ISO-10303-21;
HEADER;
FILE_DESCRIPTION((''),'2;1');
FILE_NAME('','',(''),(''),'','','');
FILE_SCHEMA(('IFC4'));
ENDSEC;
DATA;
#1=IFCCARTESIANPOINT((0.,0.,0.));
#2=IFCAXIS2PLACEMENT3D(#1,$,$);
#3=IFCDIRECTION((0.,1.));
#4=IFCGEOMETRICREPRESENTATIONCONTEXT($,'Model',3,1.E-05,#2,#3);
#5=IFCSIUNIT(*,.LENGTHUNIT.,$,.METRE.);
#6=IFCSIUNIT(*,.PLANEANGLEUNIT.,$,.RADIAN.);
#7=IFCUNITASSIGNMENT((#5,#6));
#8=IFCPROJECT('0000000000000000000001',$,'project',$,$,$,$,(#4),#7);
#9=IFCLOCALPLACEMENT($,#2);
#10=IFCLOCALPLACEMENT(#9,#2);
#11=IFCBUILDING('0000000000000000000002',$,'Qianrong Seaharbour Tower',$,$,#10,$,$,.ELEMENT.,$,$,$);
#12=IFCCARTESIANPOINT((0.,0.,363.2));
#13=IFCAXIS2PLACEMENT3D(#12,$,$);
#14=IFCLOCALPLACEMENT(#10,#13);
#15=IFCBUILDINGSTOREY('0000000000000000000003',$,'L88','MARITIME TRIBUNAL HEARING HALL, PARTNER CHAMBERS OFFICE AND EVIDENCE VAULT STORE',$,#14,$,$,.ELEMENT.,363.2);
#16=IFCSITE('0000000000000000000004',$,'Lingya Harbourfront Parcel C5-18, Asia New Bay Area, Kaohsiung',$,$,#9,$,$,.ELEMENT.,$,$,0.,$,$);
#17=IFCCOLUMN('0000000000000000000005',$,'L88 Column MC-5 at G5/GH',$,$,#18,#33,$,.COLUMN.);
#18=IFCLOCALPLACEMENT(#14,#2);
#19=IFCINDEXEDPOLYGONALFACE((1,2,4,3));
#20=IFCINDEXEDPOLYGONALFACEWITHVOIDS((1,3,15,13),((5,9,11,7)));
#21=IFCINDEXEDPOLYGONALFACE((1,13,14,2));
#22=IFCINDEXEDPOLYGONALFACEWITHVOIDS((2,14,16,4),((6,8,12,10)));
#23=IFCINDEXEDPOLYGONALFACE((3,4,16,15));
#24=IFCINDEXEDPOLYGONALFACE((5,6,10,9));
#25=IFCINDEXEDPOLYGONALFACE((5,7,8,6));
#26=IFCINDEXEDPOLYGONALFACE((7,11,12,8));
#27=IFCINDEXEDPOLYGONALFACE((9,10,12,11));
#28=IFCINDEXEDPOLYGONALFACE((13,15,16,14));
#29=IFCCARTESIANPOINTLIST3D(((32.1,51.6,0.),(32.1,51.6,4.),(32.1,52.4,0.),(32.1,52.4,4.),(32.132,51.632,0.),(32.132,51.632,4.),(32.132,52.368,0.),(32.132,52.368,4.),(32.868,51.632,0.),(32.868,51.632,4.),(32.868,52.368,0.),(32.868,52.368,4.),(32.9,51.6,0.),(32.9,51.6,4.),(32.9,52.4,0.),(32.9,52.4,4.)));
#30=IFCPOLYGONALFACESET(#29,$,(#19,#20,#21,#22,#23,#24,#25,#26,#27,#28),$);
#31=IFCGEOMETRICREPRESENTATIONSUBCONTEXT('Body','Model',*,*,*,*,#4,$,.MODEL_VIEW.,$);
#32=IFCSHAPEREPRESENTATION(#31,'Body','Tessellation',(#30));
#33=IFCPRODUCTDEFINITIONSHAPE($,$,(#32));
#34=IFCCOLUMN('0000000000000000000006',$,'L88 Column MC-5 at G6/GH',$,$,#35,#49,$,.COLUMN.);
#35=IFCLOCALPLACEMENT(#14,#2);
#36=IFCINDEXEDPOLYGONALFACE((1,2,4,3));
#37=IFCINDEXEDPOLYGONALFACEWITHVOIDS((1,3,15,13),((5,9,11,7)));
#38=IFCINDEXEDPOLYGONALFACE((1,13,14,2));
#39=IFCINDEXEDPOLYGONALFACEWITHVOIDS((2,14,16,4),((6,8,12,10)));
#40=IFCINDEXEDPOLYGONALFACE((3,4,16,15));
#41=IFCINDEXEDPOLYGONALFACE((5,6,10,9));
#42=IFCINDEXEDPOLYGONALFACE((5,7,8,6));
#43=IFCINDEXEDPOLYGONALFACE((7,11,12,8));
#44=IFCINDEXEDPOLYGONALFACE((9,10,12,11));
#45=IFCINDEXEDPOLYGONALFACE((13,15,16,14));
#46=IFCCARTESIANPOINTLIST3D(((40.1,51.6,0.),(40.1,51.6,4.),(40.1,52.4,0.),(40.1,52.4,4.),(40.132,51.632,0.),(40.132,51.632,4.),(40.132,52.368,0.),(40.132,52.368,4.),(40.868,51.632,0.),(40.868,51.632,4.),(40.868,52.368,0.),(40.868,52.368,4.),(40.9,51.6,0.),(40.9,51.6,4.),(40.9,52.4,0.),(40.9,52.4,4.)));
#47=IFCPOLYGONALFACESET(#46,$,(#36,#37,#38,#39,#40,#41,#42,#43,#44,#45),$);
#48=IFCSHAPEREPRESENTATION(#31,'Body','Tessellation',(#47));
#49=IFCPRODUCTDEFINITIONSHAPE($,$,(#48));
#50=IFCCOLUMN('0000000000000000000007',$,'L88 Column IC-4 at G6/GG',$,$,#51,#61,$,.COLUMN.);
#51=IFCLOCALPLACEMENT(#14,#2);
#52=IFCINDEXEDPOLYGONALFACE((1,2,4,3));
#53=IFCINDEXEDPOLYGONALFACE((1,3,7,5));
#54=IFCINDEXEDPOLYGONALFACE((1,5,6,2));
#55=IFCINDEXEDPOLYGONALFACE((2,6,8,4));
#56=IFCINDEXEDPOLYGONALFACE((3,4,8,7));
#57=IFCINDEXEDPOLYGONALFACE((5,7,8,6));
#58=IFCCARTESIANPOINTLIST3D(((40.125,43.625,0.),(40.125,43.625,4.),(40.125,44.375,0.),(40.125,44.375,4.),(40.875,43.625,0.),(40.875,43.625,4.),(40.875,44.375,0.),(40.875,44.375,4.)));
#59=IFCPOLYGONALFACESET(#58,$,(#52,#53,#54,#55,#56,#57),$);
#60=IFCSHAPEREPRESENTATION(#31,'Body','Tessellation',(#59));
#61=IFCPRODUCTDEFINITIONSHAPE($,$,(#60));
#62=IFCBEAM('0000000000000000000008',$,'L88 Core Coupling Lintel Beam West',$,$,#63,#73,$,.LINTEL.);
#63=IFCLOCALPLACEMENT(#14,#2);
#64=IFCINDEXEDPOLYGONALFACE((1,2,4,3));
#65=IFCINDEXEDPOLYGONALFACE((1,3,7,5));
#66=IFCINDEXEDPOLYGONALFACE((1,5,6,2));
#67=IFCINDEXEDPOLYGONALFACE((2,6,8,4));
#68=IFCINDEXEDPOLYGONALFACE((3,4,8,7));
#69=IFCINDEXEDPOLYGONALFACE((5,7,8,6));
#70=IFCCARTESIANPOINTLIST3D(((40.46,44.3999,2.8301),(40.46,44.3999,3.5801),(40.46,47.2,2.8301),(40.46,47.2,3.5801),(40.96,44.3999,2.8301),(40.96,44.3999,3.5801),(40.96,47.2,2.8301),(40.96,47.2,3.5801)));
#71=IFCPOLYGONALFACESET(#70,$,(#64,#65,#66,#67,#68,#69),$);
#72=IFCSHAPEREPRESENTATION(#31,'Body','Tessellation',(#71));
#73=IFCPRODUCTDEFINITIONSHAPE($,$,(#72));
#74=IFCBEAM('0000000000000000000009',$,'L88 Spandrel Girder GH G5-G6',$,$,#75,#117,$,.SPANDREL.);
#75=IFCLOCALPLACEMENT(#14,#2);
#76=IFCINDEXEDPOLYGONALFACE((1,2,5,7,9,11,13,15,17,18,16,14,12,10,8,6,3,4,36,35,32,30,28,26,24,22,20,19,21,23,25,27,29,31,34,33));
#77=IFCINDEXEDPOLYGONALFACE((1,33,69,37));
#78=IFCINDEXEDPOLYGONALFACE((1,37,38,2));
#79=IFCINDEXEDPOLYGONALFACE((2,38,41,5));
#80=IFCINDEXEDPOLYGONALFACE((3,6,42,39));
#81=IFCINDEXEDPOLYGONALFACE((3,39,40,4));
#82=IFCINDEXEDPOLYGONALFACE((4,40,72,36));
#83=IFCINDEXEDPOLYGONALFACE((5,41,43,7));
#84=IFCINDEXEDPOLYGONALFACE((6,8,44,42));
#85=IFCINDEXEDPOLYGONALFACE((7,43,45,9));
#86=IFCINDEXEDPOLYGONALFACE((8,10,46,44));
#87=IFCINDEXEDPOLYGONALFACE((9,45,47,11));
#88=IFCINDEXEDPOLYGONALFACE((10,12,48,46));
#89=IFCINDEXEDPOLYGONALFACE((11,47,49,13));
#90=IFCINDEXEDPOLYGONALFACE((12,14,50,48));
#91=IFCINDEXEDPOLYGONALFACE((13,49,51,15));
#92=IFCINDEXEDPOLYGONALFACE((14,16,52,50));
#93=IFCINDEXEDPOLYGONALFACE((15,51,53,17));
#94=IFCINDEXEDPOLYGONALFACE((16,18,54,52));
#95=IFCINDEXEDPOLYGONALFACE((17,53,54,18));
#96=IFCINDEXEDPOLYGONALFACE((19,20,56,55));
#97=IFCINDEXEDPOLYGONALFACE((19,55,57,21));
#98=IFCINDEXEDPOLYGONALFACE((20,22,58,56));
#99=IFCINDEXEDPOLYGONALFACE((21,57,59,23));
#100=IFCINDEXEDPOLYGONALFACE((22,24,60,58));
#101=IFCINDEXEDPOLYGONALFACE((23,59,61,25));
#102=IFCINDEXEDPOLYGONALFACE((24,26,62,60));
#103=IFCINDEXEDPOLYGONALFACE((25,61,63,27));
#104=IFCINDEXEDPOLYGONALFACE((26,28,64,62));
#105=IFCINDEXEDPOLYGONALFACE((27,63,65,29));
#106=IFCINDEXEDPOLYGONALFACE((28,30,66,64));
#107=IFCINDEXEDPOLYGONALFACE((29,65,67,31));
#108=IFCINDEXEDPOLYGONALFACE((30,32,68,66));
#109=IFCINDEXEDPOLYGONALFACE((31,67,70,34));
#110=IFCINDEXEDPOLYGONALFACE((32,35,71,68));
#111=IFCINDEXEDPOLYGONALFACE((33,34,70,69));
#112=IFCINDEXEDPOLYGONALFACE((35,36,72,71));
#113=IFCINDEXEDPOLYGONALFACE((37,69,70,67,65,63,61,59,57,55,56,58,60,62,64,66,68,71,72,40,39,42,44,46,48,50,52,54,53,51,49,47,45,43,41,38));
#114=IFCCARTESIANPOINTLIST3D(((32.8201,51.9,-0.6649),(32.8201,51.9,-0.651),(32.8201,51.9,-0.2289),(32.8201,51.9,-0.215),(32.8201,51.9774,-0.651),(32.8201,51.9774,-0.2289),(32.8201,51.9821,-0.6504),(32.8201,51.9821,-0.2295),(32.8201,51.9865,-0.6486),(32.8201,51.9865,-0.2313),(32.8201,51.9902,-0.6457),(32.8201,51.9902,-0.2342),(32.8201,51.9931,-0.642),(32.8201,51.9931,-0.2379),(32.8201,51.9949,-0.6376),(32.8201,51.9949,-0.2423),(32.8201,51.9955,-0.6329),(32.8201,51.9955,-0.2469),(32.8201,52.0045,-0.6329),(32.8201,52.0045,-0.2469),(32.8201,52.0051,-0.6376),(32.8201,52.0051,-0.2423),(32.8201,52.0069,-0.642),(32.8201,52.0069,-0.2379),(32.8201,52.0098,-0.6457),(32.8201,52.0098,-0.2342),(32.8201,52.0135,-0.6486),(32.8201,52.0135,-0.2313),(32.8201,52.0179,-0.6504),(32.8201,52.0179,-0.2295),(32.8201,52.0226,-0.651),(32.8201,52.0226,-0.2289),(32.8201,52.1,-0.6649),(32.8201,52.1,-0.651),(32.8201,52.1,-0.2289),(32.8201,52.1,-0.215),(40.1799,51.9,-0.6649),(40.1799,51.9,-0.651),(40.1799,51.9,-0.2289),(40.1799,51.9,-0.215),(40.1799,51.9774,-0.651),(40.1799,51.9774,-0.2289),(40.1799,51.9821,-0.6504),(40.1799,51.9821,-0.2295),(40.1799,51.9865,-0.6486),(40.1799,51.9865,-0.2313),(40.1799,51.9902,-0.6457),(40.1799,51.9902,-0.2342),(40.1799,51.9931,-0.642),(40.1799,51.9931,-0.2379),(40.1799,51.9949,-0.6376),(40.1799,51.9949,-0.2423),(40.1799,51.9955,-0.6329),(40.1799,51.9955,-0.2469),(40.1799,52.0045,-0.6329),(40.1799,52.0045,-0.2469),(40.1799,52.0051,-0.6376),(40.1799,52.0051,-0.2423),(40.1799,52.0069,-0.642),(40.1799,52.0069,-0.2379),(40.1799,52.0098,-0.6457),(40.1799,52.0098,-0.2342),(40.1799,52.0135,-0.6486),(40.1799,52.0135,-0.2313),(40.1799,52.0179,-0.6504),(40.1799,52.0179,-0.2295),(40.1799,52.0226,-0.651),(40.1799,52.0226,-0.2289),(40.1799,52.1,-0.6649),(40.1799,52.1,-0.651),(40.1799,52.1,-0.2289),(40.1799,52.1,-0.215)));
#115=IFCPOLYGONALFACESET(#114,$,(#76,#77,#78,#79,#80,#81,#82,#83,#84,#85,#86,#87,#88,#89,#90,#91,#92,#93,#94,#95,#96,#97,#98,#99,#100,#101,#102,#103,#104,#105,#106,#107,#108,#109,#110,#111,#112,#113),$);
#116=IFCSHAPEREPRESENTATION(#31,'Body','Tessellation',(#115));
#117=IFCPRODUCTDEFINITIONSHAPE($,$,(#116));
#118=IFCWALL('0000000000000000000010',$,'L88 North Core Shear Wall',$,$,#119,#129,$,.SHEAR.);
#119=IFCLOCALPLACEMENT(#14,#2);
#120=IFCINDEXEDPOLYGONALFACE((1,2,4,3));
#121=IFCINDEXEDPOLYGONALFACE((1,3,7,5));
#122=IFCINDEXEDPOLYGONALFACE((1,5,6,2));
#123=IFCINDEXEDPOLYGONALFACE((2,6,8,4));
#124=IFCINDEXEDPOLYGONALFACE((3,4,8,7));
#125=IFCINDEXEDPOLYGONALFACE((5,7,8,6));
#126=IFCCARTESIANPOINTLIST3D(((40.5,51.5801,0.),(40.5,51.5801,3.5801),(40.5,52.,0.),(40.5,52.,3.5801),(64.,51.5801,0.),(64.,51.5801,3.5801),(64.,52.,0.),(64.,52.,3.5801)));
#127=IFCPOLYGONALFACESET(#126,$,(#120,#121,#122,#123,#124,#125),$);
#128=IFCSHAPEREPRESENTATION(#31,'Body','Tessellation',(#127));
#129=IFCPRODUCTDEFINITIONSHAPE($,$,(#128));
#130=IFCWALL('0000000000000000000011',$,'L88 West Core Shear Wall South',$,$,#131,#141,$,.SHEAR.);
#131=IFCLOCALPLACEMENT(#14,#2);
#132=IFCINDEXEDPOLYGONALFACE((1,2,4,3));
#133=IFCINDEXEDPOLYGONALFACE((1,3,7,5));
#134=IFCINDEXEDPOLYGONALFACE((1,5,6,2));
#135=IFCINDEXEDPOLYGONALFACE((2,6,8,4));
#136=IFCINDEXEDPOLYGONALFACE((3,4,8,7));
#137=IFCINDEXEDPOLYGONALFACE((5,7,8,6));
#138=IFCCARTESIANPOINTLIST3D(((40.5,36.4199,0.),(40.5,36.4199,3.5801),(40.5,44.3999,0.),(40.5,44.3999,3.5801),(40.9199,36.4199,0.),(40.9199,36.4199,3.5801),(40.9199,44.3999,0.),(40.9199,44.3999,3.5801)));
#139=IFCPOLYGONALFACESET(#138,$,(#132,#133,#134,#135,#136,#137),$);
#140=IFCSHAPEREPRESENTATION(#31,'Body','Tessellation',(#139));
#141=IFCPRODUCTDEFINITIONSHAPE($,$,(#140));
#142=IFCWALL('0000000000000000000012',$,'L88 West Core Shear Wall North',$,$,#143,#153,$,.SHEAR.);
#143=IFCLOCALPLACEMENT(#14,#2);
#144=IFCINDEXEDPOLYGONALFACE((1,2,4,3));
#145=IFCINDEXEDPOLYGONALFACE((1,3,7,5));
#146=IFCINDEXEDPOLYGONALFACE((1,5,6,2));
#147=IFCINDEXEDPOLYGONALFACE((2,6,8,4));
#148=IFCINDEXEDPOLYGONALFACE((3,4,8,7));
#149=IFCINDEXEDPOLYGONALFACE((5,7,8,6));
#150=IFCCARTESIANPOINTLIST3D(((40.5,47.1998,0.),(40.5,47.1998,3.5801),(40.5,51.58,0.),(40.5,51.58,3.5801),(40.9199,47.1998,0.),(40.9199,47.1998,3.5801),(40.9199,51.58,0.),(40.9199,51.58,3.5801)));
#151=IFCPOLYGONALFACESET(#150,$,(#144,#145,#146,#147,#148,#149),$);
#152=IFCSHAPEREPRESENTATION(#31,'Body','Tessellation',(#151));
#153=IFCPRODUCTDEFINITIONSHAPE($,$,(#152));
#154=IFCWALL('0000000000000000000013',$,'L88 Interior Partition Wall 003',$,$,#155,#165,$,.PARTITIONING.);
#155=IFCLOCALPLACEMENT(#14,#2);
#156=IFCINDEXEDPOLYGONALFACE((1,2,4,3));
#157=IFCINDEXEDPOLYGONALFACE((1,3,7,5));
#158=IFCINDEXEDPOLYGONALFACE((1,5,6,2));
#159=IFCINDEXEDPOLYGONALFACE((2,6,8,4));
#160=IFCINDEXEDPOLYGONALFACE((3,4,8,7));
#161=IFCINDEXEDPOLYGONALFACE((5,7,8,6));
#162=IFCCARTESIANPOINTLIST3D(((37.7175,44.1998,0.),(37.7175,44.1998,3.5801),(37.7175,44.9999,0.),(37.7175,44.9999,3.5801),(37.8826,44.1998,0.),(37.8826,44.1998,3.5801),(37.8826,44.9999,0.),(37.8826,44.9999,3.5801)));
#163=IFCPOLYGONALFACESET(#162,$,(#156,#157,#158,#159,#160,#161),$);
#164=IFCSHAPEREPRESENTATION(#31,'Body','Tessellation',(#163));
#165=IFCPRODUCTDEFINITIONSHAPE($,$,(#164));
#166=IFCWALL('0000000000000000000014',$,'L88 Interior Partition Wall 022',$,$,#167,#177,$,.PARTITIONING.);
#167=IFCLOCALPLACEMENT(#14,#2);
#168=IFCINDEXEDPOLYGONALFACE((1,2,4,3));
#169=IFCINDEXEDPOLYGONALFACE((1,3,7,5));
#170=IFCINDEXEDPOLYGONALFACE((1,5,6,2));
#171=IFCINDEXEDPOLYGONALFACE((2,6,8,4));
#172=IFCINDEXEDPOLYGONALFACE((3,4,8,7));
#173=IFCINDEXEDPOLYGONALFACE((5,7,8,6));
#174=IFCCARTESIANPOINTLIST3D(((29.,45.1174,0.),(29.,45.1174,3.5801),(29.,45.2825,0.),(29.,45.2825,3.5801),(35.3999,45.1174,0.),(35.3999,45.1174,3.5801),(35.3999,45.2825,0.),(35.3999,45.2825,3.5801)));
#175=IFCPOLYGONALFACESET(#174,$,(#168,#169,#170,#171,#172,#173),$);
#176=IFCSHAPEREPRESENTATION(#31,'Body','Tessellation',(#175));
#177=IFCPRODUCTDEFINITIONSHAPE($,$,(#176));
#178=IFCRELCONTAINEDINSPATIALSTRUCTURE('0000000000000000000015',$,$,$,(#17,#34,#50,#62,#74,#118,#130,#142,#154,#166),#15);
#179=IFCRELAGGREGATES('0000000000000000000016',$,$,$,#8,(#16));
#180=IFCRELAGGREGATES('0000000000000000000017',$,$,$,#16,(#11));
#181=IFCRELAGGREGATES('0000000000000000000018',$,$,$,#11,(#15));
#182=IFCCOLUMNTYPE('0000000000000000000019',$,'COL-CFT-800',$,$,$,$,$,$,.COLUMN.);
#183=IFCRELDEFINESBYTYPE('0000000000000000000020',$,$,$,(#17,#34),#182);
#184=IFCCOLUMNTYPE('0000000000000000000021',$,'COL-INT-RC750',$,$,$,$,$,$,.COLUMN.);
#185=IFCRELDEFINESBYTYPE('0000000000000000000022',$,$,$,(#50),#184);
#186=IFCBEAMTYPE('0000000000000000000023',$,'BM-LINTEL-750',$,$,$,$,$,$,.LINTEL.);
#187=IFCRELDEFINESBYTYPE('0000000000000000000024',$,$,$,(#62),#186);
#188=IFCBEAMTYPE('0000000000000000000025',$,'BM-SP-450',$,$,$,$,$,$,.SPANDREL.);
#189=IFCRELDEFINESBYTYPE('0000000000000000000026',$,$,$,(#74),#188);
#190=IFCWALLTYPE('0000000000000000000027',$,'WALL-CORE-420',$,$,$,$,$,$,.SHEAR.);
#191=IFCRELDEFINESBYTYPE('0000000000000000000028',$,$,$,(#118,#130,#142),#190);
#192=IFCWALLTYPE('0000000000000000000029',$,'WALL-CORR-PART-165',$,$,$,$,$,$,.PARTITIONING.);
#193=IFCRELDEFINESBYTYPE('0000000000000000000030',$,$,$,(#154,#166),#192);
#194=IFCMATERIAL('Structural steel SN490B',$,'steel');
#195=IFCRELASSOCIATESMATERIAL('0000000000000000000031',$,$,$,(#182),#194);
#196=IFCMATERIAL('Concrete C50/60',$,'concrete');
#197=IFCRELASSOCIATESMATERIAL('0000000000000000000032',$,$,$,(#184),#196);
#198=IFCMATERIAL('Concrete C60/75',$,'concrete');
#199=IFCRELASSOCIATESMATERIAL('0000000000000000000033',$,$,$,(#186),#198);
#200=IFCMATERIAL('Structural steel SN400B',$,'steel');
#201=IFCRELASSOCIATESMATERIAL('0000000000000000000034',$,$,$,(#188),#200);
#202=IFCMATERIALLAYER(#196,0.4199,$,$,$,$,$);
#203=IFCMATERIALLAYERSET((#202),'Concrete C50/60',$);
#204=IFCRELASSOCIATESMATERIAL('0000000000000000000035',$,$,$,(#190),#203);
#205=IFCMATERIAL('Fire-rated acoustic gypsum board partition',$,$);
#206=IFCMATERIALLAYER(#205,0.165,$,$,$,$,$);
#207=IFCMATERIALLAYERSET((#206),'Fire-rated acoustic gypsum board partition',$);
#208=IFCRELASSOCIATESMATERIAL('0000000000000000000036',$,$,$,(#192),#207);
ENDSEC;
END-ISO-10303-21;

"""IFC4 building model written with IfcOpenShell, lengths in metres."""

from ifc_helpers import new_model, si_unit, direction, frame, frame_2d, origin, origin_2d, place, context, subcontext, project, spatial, rectangle, hollow_rectangle, i_section, extrude, material, layer, layer_set, material_profile, profile_set, type_object, element, save


model = new_model("IFC4")

# Units and contexts
model_context = context("Model", 3, precision=1e-05, world=origin(), true_north=direction((0.0, 1.0)))
body_context = subcontext(model_context, "Body", "Model", "MODEL_VIEW")
ifc_project = project(units=[si_unit("LENGTHUNIT", "METRE"), si_unit("PLANEANGLEUNIT", "RADIAN")], contexts=[model_context])

# Site, building, storey
site_placement = place(None, origin())
site = spatial("IfcSite", under=ifc_project, at=site_placement, Name="Lingya Harbourfront Parcel C5-18, Asia New Bay Area, Kaohsiung", CompositionType="ELEMENT", RefElevation=0.0)
building_placement = place(site_placement, origin())
building = spatial("IfcBuilding", under=site, at=building_placement, Name="Qianrong Seaharbour Tower", CompositionType="ELEMENT")
storey_placement = place(building_placement, frame((0.0, 0.0, 363.2)))
storey = spatial("IfcBuildingStorey", under=building, at=storey_placement, Name="L88", Description="MARITIME TRIBUNAL HEARING HALL, PARTNER CHAMBERS OFFICE AND EVIDENCE VAULT STORE", CompositionType="ELEMENT", Elevation=363.2)

# Columns
ifc_material_1 = material(Name="Structural steel SN490B", Category="steel")
ifc_material_profile_1 = material_profile(ifc_material_1, hollow_rectangle(XDim=0.8, YDim=0.8, WallThickness=0.032, at=origin_2d()), Name="BOX800x800x32")
ifc_profile_set_1 = profile_set([ifc_material_profile_1], Name="Structural steel SN490B")
column_type_1 = type_object("IfcColumnType", Name="COL-CFT-800", PredefinedType="COLUMN", material=ifc_profile_set_1)
for number, where, z_axis, x_axis, name in (
    (1, (32.5, 52.0, 0.0), (0.0, 0.0, 1.0), (1.0, 0.0, 0.0), "L88 Column MC-5 at G5/GH"),
    (2, (40.5, 52.0, 0.0), (0.0, 0.0, 1.0), (1.0, 0.0, 0.0), "L88 Column MC-5 at G6/GH"),
):
    element("IfcColumn", number, at=place(storey_placement, frame(where, z_axis=z_axis, x_axis=x_axis)), inside=storey, type_object=column_type_1, Name=name, PredefinedType="COLUMN", context=body_context, shape_type="SweptSolid", body=[
        extrude(hollow_rectangle(XDim=0.8, YDim=0.8, WallThickness=0.032, at=origin_2d()), origin(), (0.0, 0.0, 1.0), 4.0),
    ])
ifc_material_2 = material(Name="Concrete C50/60", Category="concrete")
ifc_material_profile_2 = material_profile(ifc_material_2, rectangle(XDim=0.75, YDim=0.75, at=origin_2d()), Name="RC750x750")
ifc_profile_set_2 = profile_set([ifc_material_profile_2], Name="Concrete C50/60")
column_type_2 = type_object("IfcColumnType", Name="COL-INT-RC750", PredefinedType="COLUMN", material=ifc_profile_set_2)
column_placement = place(storey_placement, frame((40.5, 44.0, 0.0), z_axis=(0.0, 0.0, 1.0), x_axis=(1.0, 0.0, 0.0)))
element("IfcColumn", 3, at=column_placement, inside=storey, type_object=column_type_2, Name="L88 Column IC-4 at G6/GG", PredefinedType="COLUMN", context=body_context, shape_type="SweptSolid", body=[
    extrude(rectangle(XDim=0.75, YDim=0.75, at=origin_2d()), origin(), (0.0, 0.0, 1.0), 4.0),
])

# Beams
ifc_material_3 = material(Name="Concrete C60/75", Category="concrete")
ifc_material_profile_3 = material_profile(ifc_material_3, rectangle(XDim=0.5, YDim=0.75, at=origin_2d()), Name="RC500x750")
ifc_profile_set_3 = profile_set([ifc_material_profile_3], Name="Concrete C60/75")
beam_type_1 = type_object("IfcBeamType", Name="BM-LINTEL-750", PredefinedType="LINTEL", material=ifc_profile_set_3)
beam_1_placement = place(storey_placement, frame((40.71, 44.3999, 3.2051), z_axis=(0.0, 1.0, 0.0), x_axis=(-1.0, 0.0, 0.0)))
element("IfcBeam", 4, at=beam_1_placement, inside=storey, type_object=beam_type_1, Name="L88 Core Coupling Lintel Beam West", PredefinedType="LINTEL", context=body_context, shape_type="SweptSolid", body=[
    extrude(rectangle(XDim=0.5, YDim=0.75, at=origin_2d()), origin(), (0.0, 0.0, 1.0), 2.8),
])
ifc_material_4 = material(Name="Structural steel SN400B", Category="steel")
ifc_material_profile_4 = material_profile(ifc_material_4, i_section(OverallWidth=0.2, OverallDepth=0.45, WebThickness=0.009, FlangeThickness=0.0139, FilletRadius=0.0181, at=origin_2d()), Name="H450x200x9x14")
ifc_profile_set_4 = profile_set([ifc_material_profile_4], Name="Structural steel SN400B")
beam_type_2 = type_object("IfcBeamType", Name="BM-SP-450", PredefinedType="SPANDREL", material=ifc_profile_set_4)
beam_2_placement = place(storey_placement, frame((32.8201, 52.0, -0.4399), z_axis=(1.0, 0.0, 0.0), x_axis=(0.0, 1.0, 0.0)))
element("IfcBeam", 5, at=beam_2_placement, inside=storey, type_object=beam_type_2, Name="L88 Spandrel Girder GH G5-G6", PredefinedType="SPANDREL", context=body_context, shape_type="SweptSolid", body=[
    extrude(i_section(OverallWidth=0.2, OverallDepth=0.45, WebThickness=0.009, FlangeThickness=0.0139, FilletRadius=0.0181, at=origin_2d()), origin(), (0.0, 0.0, 1.0), 7.3599),
])

# Walls
ifc_layer_1 = layer(ifc_material_2, 0.4199)
ifc_layer_set_1 = layer_set([ifc_layer_1], Name="Concrete C50/60")
wall_type_1 = type_object("IfcWallType", Name="WALL-CORE-420", PredefinedType="SHEAR", material=ifc_layer_set_1)
wall_1_placement = place(storey_placement, frame((40.5, 51.79, 0.0), z_axis=(0.0, 0.0, 1.0), x_axis=(1.0, 0.0, 0.0)))
element("IfcWall", 6, at=wall_1_placement, inside=storey, type_object=wall_type_1, Name="L88 North Core Shear Wall", PredefinedType="SHEAR", context=body_context, shape_type="SweptSolid", body=[
    extrude(rectangle(XDim=23.5, YDim=0.4199, at=frame_2d((11.75, 0.0))), origin(), (0.0, 0.0, 1.0), 3.5801),
])
wall_2_placement = place(storey_placement, frame((40.71, 36.4199, 0.0), z_axis=(0.0, 0.0, 1.0), x_axis=(0.0, 1.0, 0.0)))
element("IfcWall", 7, at=wall_2_placement, inside=storey, type_object=wall_type_1, Name="L88 West Core Shear Wall South", PredefinedType="SHEAR", context=body_context, shape_type="SweptSolid", body=[
    extrude(rectangle(XDim=7.98, YDim=0.4199, at=frame_2d((3.99, 0.0))), origin(), (0.0, 0.0, 1.0), 3.5801),
])
wall_3_placement = place(storey_placement, frame((40.71, 47.2, 0.0), z_axis=(0.0, 0.0, 1.0), x_axis=(0.0, 1.0, 0.0)))
element("IfcWall", 8, at=wall_3_placement, inside=storey, type_object=wall_type_1, Name="L88 West Core Shear Wall North", PredefinedType="SHEAR", context=body_context, shape_type="SweptSolid", body=[
    extrude(rectangle(XDim=4.3801, YDim=0.4199, at=frame_2d((2.1899, 0.0))), origin(), (0.0, 0.0, 1.0), 3.5801),
])

# Shared definitions
ifc_material_5 = material(Name="Fire-rated acoustic gypsum board partition")
ifc_layer_2 = layer(ifc_material_5, 0.165)
ifc_layer_set_2 = layer_set([ifc_layer_2], Name="Fire-rated acoustic gypsum board partition")
wall_type_2 = type_object("IfcWallType", Name="WALL-CORR-PART-165", PredefinedType="PARTITIONING", material=ifc_layer_set_2)

# Walls
wall_4_placement = place(storey_placement, frame((37.8, 44.2, 0.0), z_axis=(0.0, 0.0, 1.0), x_axis=(0.0, 1.0, 0.0)))
element("IfcWall", 9, at=wall_4_placement, inside=storey, type_object=wall_type_2, Name="L88 Interior Partition Wall 003", PredefinedType="PARTITIONING", context=body_context, shape_type="SweptSolid", body=[
    extrude(rectangle(XDim=0.8, YDim=0.165, at=frame_2d((0.3999, 0.0))), origin(), (0.0, 0.0, 1.0), 3.5801),
])
wall_5_placement = place(storey_placement, frame((35.3999, 45.2, 0.0), z_axis=(0.0, 0.0, 1.0), x_axis=(-1.0, 0.0, 0.0)))
element("IfcWall", 10, at=wall_5_placement, inside=storey, type_object=wall_type_2, Name="L88 Interior Partition Wall 022", PredefinedType="PARTITIONING", context=body_context, shape_type="SweptSolid", body=[
    extrude(rectangle(XDim=6.3999, YDim=0.165, at=frame_2d((3.2, 0.0))), origin(), (0.0, 0.0, 1.0), 3.5801),
])

save(model, "model.ifc")
